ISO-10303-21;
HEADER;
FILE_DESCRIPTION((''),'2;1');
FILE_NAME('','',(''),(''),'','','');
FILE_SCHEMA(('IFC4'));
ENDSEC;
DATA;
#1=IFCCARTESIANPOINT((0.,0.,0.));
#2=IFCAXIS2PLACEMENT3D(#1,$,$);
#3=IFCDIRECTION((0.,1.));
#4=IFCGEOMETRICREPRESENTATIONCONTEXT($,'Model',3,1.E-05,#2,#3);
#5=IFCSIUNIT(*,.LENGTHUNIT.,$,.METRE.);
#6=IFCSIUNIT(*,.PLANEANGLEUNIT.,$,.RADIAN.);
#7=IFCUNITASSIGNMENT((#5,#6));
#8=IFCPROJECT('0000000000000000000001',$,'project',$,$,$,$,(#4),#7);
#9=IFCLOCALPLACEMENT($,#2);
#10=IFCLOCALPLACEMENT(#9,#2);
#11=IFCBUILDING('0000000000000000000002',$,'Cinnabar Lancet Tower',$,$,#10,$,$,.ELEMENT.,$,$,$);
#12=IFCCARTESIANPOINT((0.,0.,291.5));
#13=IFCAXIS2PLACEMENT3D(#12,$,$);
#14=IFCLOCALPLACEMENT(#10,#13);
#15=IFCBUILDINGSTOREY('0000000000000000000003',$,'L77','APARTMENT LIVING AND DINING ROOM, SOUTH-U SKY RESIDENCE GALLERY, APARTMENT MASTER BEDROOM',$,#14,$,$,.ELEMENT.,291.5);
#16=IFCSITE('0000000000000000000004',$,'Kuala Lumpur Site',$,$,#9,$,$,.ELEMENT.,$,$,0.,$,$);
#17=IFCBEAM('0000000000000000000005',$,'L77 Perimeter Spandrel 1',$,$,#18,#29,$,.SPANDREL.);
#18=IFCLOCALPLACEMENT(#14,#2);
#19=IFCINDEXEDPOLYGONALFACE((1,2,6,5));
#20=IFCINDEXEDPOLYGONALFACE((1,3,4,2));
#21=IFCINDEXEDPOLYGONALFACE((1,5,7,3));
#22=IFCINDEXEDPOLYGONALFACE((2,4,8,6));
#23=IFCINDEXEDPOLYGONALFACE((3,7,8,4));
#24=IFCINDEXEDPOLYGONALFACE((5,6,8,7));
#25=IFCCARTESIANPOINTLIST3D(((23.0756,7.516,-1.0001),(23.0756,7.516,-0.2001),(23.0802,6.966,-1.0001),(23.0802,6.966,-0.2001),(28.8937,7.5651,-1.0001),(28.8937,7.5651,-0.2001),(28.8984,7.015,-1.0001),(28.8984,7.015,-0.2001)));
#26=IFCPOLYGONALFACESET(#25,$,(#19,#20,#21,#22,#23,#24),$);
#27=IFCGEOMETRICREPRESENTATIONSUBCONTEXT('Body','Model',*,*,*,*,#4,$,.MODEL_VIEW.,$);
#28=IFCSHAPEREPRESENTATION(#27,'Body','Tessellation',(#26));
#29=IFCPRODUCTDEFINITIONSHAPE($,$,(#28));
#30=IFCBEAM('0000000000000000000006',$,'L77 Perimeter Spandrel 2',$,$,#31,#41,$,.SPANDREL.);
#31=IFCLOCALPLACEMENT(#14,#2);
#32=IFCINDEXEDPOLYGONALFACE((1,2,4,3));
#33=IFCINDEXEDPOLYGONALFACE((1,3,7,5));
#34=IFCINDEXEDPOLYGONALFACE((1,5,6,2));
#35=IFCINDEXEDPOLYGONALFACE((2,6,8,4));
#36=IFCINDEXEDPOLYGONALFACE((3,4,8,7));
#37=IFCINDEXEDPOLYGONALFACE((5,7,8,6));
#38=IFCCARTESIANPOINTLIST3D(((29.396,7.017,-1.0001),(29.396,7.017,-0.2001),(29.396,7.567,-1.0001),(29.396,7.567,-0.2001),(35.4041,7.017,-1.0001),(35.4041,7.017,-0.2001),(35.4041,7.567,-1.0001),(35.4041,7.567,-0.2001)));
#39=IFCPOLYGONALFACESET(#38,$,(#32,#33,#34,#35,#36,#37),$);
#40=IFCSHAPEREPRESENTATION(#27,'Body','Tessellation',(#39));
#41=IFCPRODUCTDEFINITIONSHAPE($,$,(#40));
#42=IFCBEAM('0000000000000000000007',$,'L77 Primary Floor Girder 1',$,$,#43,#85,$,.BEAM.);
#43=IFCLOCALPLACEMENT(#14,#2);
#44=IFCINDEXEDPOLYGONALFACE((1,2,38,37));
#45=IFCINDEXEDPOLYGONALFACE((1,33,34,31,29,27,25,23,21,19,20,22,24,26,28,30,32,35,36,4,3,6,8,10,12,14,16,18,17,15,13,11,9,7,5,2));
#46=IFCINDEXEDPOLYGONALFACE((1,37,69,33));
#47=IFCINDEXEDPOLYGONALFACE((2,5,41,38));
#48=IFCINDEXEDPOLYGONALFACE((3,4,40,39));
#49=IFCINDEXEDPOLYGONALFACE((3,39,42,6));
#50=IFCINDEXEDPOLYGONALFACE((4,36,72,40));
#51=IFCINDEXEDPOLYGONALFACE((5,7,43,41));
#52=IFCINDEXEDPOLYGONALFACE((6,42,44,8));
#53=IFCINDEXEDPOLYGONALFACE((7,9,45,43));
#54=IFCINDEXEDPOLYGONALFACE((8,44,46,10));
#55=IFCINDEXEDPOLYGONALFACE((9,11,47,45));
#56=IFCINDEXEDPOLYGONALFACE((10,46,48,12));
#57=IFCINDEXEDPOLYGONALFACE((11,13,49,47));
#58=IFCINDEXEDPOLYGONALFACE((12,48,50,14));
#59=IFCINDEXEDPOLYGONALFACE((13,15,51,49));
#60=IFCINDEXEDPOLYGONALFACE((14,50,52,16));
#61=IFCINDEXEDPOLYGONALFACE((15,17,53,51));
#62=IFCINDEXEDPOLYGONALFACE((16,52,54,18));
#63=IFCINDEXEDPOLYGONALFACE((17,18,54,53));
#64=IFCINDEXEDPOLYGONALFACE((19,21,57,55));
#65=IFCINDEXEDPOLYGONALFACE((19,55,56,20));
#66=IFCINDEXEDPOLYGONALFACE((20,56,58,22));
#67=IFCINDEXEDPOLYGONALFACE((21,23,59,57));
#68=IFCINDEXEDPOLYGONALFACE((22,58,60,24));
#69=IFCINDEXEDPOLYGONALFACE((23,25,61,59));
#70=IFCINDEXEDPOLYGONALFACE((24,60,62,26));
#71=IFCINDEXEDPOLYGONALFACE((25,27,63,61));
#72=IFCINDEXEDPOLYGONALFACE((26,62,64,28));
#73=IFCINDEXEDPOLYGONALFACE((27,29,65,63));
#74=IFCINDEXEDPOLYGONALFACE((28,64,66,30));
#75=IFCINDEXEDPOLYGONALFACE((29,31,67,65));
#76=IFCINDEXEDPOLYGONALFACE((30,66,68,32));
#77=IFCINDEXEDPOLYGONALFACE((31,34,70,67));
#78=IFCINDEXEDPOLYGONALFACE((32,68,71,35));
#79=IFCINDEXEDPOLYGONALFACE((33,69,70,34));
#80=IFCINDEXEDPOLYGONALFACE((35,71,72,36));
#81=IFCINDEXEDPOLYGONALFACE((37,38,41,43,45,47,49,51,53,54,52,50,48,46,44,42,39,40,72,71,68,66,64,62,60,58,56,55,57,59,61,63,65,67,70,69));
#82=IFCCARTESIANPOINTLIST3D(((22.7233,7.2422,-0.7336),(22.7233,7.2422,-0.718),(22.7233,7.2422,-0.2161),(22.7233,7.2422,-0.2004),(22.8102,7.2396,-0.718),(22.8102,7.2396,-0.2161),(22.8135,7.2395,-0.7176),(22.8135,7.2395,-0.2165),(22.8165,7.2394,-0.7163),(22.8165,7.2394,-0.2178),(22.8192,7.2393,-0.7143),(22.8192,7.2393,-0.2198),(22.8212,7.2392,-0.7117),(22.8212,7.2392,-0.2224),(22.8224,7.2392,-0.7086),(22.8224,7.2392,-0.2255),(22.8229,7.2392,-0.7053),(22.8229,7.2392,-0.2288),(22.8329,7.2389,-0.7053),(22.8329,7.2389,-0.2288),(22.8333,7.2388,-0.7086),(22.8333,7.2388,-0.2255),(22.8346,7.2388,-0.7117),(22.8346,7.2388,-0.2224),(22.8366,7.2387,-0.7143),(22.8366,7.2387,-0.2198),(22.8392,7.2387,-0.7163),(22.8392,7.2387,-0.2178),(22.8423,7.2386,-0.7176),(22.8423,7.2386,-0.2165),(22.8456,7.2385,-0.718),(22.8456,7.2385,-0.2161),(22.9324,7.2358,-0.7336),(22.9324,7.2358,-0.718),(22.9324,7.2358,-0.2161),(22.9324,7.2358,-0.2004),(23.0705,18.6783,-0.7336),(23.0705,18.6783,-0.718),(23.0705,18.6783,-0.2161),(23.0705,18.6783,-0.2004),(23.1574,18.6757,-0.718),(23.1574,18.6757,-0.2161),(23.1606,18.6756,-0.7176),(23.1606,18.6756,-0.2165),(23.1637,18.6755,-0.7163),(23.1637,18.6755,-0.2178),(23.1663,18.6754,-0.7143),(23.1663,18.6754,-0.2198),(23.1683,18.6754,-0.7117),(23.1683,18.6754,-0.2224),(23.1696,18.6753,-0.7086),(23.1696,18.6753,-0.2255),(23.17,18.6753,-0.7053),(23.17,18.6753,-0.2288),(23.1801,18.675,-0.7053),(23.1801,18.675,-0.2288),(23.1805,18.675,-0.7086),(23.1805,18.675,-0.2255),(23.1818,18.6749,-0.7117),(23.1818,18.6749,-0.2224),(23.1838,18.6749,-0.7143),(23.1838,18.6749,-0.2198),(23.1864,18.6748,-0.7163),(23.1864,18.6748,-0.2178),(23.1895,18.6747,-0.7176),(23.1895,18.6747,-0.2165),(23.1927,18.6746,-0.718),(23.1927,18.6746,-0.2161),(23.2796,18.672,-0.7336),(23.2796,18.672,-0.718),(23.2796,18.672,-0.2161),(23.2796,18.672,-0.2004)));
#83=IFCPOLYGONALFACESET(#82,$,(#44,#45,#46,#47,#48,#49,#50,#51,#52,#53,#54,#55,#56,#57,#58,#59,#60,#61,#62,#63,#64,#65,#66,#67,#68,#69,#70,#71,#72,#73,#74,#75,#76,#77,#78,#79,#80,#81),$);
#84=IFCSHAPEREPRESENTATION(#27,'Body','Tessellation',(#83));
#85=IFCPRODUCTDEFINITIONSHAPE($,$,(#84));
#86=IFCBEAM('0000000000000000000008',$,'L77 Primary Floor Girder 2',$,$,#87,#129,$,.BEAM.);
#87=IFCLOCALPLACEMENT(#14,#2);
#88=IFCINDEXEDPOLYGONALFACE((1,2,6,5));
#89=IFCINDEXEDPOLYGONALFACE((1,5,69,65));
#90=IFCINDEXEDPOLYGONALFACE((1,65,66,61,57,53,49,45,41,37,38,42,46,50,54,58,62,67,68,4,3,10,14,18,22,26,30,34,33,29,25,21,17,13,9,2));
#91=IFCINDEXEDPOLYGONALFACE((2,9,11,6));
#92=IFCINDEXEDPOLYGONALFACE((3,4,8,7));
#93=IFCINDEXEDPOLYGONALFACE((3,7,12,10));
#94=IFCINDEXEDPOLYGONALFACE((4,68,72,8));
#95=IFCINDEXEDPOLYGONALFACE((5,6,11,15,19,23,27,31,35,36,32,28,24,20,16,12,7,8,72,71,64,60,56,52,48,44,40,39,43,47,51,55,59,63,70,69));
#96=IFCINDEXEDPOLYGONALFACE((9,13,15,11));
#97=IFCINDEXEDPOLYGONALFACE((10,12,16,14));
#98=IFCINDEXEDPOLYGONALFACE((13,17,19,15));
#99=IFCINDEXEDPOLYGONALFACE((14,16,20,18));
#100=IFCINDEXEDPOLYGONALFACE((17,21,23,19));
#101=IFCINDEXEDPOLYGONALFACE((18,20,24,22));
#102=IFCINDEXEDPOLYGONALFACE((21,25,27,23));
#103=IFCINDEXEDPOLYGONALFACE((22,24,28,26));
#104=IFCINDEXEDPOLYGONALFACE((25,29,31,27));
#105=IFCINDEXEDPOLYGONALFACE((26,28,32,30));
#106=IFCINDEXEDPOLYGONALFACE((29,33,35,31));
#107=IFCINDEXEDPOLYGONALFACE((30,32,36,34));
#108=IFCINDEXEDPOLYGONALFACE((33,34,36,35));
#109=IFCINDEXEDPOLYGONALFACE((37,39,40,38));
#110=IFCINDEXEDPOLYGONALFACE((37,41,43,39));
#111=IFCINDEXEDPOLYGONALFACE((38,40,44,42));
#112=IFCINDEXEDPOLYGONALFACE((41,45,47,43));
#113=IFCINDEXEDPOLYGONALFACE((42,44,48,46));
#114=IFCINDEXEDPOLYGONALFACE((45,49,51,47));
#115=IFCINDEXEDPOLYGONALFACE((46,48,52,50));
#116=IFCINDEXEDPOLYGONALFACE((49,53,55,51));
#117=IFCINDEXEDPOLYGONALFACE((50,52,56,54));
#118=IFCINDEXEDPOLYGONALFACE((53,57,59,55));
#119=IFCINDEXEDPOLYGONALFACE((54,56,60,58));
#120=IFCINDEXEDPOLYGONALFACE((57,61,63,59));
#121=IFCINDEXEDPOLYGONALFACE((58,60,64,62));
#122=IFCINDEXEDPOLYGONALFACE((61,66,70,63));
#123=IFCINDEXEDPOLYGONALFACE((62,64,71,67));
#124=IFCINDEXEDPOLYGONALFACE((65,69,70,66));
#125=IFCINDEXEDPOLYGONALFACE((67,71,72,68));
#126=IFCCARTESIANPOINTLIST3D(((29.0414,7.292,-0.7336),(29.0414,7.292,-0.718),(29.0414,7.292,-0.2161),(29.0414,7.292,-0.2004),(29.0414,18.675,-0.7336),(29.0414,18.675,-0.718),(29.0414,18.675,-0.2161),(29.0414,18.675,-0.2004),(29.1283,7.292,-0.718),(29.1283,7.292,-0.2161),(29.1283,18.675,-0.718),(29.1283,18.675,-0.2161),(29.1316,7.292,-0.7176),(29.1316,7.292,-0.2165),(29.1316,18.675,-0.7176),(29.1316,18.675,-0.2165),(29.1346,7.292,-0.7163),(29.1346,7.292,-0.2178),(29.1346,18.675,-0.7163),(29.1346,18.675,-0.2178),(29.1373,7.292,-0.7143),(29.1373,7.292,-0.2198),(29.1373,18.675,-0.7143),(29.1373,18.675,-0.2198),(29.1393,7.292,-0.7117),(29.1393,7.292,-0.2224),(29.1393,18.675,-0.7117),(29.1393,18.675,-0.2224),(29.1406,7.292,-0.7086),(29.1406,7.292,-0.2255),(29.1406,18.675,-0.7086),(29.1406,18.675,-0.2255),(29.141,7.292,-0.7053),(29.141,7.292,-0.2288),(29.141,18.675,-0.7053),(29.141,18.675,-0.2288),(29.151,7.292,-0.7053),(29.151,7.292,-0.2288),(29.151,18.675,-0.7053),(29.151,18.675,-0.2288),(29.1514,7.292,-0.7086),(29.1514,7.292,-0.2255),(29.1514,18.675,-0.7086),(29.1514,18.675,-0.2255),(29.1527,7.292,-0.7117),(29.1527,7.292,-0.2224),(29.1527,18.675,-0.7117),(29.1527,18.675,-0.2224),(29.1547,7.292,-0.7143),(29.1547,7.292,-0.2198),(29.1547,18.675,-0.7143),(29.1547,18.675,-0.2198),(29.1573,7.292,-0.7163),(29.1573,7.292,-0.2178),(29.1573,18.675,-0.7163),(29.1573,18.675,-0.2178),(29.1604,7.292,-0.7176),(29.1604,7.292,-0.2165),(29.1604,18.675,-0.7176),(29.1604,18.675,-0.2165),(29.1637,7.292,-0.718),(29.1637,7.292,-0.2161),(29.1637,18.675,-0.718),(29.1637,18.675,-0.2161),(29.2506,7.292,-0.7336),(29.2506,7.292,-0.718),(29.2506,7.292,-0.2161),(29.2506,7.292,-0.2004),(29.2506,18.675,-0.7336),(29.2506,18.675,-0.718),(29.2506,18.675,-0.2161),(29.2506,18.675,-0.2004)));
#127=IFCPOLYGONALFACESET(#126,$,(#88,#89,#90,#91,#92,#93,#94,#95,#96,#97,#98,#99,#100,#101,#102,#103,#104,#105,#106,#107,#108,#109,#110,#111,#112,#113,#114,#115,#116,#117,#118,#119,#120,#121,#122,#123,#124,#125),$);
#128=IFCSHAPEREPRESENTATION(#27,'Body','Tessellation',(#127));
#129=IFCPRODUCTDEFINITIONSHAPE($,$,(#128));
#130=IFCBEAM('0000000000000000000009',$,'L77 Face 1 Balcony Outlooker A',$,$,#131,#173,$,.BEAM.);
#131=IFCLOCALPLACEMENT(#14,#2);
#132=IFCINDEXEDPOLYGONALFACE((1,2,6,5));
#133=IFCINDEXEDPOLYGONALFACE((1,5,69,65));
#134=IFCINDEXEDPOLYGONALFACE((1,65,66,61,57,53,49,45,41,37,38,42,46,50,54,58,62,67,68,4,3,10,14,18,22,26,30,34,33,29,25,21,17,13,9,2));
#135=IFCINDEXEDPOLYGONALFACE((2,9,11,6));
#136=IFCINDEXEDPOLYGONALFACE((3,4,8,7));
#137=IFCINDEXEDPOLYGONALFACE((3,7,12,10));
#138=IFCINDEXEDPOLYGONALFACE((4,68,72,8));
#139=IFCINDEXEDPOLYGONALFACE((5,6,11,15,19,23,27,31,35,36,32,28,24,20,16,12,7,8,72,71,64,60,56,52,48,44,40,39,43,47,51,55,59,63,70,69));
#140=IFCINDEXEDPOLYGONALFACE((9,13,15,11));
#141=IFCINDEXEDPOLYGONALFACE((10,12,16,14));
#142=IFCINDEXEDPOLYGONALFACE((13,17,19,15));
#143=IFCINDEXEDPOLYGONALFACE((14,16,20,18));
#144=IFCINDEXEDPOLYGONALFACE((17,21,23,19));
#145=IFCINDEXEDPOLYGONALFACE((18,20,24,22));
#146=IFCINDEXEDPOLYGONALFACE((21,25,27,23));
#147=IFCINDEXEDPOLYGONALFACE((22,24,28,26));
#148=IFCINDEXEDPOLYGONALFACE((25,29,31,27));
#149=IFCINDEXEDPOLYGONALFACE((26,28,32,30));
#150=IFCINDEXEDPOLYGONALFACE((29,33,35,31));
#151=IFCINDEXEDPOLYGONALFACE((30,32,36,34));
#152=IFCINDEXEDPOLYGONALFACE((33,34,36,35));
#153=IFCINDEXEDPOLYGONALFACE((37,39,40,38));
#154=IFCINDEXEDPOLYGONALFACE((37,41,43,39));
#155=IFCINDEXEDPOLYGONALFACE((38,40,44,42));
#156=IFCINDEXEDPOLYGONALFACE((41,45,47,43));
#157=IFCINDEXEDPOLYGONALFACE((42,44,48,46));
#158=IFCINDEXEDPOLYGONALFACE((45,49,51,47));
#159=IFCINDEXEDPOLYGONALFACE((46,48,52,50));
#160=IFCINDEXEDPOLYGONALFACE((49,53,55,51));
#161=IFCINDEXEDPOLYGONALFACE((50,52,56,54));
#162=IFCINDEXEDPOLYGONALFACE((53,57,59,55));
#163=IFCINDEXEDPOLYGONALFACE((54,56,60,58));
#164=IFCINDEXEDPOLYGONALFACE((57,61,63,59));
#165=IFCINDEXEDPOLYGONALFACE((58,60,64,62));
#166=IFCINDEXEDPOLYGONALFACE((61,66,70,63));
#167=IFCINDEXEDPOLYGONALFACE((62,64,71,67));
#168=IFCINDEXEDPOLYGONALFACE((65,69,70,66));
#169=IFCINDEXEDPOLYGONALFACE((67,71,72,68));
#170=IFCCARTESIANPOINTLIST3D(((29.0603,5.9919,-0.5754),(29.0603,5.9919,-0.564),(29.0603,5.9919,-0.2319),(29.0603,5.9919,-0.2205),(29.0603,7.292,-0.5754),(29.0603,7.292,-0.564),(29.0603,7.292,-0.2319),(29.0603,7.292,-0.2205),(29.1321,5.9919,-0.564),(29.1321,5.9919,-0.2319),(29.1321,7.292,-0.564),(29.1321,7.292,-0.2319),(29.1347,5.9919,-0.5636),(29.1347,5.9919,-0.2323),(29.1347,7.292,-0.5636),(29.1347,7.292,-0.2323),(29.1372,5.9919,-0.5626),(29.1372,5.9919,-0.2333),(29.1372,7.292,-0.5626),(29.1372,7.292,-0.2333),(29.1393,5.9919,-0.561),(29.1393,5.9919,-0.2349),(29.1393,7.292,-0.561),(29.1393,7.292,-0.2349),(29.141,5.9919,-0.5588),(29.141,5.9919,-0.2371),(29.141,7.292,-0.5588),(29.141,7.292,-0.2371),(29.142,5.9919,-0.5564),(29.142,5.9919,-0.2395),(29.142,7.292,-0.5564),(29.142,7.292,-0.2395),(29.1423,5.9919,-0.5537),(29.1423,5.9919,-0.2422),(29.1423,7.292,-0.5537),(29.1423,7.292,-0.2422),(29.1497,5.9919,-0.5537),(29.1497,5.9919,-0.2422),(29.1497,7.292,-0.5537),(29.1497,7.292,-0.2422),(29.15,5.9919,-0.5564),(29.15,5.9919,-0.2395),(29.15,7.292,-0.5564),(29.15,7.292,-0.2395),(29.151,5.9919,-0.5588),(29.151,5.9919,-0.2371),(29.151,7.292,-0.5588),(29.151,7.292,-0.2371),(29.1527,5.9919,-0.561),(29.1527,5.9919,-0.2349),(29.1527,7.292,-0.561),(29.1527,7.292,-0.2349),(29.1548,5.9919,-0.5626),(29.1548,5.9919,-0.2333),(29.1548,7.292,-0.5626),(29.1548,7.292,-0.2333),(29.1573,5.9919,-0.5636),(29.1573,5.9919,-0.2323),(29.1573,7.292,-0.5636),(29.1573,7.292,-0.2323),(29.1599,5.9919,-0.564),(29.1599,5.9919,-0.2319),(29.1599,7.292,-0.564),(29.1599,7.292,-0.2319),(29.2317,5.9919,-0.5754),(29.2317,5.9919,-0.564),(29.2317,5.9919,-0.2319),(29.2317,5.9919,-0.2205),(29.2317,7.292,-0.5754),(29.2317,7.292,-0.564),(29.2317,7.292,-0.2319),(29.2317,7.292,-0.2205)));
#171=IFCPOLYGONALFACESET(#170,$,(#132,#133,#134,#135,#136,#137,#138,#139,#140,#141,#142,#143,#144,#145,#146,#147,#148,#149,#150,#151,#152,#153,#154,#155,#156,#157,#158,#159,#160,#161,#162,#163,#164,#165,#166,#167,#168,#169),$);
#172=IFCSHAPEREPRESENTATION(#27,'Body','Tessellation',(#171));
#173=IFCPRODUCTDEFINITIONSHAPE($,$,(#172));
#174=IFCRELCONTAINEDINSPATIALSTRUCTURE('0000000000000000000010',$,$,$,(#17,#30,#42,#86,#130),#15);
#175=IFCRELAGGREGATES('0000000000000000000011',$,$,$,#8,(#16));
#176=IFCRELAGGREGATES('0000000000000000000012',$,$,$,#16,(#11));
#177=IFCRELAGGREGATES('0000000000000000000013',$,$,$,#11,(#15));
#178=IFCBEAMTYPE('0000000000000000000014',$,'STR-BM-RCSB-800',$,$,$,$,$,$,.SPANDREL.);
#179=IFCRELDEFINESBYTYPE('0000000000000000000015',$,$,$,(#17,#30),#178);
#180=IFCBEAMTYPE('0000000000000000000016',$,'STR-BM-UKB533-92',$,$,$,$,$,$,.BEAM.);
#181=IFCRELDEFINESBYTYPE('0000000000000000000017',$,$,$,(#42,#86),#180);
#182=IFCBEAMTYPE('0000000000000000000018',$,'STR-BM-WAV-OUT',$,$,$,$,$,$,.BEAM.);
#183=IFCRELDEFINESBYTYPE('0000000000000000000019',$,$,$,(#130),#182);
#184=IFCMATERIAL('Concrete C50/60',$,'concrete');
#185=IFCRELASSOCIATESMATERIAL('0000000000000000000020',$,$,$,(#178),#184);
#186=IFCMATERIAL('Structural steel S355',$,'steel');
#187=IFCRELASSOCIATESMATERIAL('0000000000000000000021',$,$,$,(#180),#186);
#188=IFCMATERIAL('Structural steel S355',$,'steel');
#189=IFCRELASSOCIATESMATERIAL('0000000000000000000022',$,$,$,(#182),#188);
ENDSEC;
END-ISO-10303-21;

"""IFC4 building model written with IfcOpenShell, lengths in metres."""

from ifc_helpers import new_model, si_unit, direction, frame, origin, origin_2d, place, context, subcontext, project, spatial, rectangle, i_section, extrude, material, material_profile, profile_set, type_object, element, save


model = new_model("IFC4")

# Units and contexts
model_context = context("Model", 3, precision=1e-05, world=origin(), true_north=direction((0.0, 1.0)))
body_context = subcontext(model_context, "Body", "Model", "MODEL_VIEW")
ifc_project = project(units=[si_unit("LENGTHUNIT", "METRE"), si_unit("PLANEANGLEUNIT", "RADIAN")], contexts=[model_context])

# Site, building, storey
site_placement = place(None, origin())
site = spatial("IfcSite", under=ifc_project, at=site_placement, Name="Kuala Lumpur Site", CompositionType="ELEMENT", RefElevation=0.0)
building_placement = place(site_placement, origin())
building = spatial("IfcBuilding", under=site, at=building_placement, Name="Cinnabar Lancet Tower", CompositionType="ELEMENT")
storey_placement = place(building_placement, frame((0.0, 0.0, 291.5)))
storey = spatial("IfcBuildingStorey", under=building, at=storey_placement, Name="L77", Description="APARTMENT LIVING AND DINING ROOM, SOUTH-U SKY RESIDENCE GALLERY, APARTMENT MASTER BEDROOM", CompositionType="ELEMENT", Elevation=291.5)

# Beams
ifc_material_1 = material(Name="Concrete C50/60", Category="concrete")
ifc_material_profile_1 = material_profile(ifc_material_1, rectangle(XDim=0.55, YDim=0.8, at=origin_2d()), Name="RC-SB 550x800")
ifc_profile_set_1 = profile_set([ifc_material_profile_1], Name="Concrete C50/60")
beam_type_1 = type_object("IfcBeamType", Name="STR-BM-RCSB-800", PredefinedType="SPANDREL", material=ifc_profile_set_1)
beam_1_placement = place(storey_placement, frame((23.0779, 7.241, -0.6001), z_axis=(0.999964, 0.008434, 0.0), x_axis=(-0.008434, 0.999964, 0.0)))
element("IfcBeam", 1, at=beam_1_placement, inside=storey, type_object=beam_type_1, Name="L77 Perimeter Spandrel 1", PredefinedType="SPANDREL", context=body_context, shape_type="SweptSolid", body=[
    extrude(rectangle(XDim=0.55, YDim=0.8, at=origin_2d()), origin(), (0.0, 0.0, 1.0), 5.8184),
])
beam_2_placement = place(storey_placement, frame((29.396, 7.292, -0.6001), z_axis=(1.0, 0.0, 0.0), x_axis=(0.0, 1.0, 0.0)))
element("IfcBeam", 2, at=beam_2_placement, inside=storey, type_object=beam_type_1, Name="L77 Perimeter Spandrel 2", PredefinedType="SPANDREL", context=body_context, shape_type="SweptSolid", body=[
    extrude(rectangle(XDim=0.55, YDim=0.8, at=origin_2d()), origin(), (0.0, 0.0, 1.0), 6.0081),
])
ifc_material_2 = material(Name="Structural steel S355", Category="steel")
ifc_material_profile_2 = material_profile(ifc_material_2, i_section(OverallWidth=0.2092, OverallDepth=0.5332, WebThickness=0.01, FlangeThickness=0.0156, FilletRadius=0.0127, at=origin_2d()), Name="UKB 533x210x92")
ifc_profile_set_2 = profile_set([ifc_material_profile_2], Name="Structural steel S355")
beam_type_2 = type_object("IfcBeamType", Name="STR-BM-UKB533-92", PredefinedType="BEAM", material=ifc_profile_set_2)
beam_3_placement = place(storey_placement, frame((22.8279, 7.239, -0.467), z_axis=(0.030343, 0.99954, 0.0), x_axis=(-0.99954, 0.030343, 0.0)))
element("IfcBeam", 3, at=beam_3_placement, inside=storey, type_object=beam_type_2, Name="L77 Primary Floor Girder 1", PredefinedType="BEAM", context=body_context, shape_type="SweptSolid", body=[
    extrude(i_section(OverallWidth=0.2092, OverallDepth=0.5332, WebThickness=0.01, FlangeThickness=0.0156, FilletRadius=0.0127, at=origin_2d()), origin(), (0.0, 0.0, 1.0), 11.4414),
])
beam_4_placement = place(storey_placement, frame((29.146, 7.292, -0.467), z_axis=(0.0, 1.0, 0.0), x_axis=(-1.0, 0.0, 0.0)))
element("IfcBeam", 4, at=beam_4_placement, inside=storey, type_object=beam_type_2, Name="L77 Primary Floor Girder 2", PredefinedType="BEAM", context=body_context, shape_type="SweptSolid", body=[
    extrude(i_section(OverallWidth=0.2092, OverallDepth=0.5332, WebThickness=0.01, FlangeThickness=0.0156, FilletRadius=0.0127, at=origin_2d()), origin(), (0.0, 0.0, 1.0), 11.3831),
])
ifc_material_3 = material(Name="Structural steel S355", Category="steel")
ifc_material_profile_3 = material_profile(ifc_material_3, i_section(OverallWidth=0.1714, OverallDepth=0.355, WebThickness=0.0073, FlangeThickness=0.0115, FilletRadius=0.0103, at=origin_2d()), Name="UKB 356x171x51")
ifc_profile_set_3 = profile_set([ifc_material_profile_3], Name="Structural steel S355")
beam_type_3 = type_object("IfcBeamType", Name="STR-BM-WAV-OUT", PredefinedType="BEAM", material=ifc_profile_set_3)
beam_5_placement = place(storey_placement, frame((29.146, 7.292, -0.3979), z_axis=(0.0, -1.0, 0.0), x_axis=(1.0, 0.0, 0.0)))
element("IfcBeam", 5, at=beam_5_placement, inside=storey, type_object=beam_type_3, Name="L77 Face 1 Balcony Outlooker A", PredefinedType="BEAM", context=body_context, shape_type="SweptSolid", body=[
    extrude(i_section(OverallWidth=0.1714, OverallDepth=0.355, WebThickness=0.0073, FlangeThickness=0.0115, FilletRadius=0.0103, at=origin_2d()), origin(), (0.0, 0.0, 1.0), 1.3),
])

save(model, "model.ifc")
